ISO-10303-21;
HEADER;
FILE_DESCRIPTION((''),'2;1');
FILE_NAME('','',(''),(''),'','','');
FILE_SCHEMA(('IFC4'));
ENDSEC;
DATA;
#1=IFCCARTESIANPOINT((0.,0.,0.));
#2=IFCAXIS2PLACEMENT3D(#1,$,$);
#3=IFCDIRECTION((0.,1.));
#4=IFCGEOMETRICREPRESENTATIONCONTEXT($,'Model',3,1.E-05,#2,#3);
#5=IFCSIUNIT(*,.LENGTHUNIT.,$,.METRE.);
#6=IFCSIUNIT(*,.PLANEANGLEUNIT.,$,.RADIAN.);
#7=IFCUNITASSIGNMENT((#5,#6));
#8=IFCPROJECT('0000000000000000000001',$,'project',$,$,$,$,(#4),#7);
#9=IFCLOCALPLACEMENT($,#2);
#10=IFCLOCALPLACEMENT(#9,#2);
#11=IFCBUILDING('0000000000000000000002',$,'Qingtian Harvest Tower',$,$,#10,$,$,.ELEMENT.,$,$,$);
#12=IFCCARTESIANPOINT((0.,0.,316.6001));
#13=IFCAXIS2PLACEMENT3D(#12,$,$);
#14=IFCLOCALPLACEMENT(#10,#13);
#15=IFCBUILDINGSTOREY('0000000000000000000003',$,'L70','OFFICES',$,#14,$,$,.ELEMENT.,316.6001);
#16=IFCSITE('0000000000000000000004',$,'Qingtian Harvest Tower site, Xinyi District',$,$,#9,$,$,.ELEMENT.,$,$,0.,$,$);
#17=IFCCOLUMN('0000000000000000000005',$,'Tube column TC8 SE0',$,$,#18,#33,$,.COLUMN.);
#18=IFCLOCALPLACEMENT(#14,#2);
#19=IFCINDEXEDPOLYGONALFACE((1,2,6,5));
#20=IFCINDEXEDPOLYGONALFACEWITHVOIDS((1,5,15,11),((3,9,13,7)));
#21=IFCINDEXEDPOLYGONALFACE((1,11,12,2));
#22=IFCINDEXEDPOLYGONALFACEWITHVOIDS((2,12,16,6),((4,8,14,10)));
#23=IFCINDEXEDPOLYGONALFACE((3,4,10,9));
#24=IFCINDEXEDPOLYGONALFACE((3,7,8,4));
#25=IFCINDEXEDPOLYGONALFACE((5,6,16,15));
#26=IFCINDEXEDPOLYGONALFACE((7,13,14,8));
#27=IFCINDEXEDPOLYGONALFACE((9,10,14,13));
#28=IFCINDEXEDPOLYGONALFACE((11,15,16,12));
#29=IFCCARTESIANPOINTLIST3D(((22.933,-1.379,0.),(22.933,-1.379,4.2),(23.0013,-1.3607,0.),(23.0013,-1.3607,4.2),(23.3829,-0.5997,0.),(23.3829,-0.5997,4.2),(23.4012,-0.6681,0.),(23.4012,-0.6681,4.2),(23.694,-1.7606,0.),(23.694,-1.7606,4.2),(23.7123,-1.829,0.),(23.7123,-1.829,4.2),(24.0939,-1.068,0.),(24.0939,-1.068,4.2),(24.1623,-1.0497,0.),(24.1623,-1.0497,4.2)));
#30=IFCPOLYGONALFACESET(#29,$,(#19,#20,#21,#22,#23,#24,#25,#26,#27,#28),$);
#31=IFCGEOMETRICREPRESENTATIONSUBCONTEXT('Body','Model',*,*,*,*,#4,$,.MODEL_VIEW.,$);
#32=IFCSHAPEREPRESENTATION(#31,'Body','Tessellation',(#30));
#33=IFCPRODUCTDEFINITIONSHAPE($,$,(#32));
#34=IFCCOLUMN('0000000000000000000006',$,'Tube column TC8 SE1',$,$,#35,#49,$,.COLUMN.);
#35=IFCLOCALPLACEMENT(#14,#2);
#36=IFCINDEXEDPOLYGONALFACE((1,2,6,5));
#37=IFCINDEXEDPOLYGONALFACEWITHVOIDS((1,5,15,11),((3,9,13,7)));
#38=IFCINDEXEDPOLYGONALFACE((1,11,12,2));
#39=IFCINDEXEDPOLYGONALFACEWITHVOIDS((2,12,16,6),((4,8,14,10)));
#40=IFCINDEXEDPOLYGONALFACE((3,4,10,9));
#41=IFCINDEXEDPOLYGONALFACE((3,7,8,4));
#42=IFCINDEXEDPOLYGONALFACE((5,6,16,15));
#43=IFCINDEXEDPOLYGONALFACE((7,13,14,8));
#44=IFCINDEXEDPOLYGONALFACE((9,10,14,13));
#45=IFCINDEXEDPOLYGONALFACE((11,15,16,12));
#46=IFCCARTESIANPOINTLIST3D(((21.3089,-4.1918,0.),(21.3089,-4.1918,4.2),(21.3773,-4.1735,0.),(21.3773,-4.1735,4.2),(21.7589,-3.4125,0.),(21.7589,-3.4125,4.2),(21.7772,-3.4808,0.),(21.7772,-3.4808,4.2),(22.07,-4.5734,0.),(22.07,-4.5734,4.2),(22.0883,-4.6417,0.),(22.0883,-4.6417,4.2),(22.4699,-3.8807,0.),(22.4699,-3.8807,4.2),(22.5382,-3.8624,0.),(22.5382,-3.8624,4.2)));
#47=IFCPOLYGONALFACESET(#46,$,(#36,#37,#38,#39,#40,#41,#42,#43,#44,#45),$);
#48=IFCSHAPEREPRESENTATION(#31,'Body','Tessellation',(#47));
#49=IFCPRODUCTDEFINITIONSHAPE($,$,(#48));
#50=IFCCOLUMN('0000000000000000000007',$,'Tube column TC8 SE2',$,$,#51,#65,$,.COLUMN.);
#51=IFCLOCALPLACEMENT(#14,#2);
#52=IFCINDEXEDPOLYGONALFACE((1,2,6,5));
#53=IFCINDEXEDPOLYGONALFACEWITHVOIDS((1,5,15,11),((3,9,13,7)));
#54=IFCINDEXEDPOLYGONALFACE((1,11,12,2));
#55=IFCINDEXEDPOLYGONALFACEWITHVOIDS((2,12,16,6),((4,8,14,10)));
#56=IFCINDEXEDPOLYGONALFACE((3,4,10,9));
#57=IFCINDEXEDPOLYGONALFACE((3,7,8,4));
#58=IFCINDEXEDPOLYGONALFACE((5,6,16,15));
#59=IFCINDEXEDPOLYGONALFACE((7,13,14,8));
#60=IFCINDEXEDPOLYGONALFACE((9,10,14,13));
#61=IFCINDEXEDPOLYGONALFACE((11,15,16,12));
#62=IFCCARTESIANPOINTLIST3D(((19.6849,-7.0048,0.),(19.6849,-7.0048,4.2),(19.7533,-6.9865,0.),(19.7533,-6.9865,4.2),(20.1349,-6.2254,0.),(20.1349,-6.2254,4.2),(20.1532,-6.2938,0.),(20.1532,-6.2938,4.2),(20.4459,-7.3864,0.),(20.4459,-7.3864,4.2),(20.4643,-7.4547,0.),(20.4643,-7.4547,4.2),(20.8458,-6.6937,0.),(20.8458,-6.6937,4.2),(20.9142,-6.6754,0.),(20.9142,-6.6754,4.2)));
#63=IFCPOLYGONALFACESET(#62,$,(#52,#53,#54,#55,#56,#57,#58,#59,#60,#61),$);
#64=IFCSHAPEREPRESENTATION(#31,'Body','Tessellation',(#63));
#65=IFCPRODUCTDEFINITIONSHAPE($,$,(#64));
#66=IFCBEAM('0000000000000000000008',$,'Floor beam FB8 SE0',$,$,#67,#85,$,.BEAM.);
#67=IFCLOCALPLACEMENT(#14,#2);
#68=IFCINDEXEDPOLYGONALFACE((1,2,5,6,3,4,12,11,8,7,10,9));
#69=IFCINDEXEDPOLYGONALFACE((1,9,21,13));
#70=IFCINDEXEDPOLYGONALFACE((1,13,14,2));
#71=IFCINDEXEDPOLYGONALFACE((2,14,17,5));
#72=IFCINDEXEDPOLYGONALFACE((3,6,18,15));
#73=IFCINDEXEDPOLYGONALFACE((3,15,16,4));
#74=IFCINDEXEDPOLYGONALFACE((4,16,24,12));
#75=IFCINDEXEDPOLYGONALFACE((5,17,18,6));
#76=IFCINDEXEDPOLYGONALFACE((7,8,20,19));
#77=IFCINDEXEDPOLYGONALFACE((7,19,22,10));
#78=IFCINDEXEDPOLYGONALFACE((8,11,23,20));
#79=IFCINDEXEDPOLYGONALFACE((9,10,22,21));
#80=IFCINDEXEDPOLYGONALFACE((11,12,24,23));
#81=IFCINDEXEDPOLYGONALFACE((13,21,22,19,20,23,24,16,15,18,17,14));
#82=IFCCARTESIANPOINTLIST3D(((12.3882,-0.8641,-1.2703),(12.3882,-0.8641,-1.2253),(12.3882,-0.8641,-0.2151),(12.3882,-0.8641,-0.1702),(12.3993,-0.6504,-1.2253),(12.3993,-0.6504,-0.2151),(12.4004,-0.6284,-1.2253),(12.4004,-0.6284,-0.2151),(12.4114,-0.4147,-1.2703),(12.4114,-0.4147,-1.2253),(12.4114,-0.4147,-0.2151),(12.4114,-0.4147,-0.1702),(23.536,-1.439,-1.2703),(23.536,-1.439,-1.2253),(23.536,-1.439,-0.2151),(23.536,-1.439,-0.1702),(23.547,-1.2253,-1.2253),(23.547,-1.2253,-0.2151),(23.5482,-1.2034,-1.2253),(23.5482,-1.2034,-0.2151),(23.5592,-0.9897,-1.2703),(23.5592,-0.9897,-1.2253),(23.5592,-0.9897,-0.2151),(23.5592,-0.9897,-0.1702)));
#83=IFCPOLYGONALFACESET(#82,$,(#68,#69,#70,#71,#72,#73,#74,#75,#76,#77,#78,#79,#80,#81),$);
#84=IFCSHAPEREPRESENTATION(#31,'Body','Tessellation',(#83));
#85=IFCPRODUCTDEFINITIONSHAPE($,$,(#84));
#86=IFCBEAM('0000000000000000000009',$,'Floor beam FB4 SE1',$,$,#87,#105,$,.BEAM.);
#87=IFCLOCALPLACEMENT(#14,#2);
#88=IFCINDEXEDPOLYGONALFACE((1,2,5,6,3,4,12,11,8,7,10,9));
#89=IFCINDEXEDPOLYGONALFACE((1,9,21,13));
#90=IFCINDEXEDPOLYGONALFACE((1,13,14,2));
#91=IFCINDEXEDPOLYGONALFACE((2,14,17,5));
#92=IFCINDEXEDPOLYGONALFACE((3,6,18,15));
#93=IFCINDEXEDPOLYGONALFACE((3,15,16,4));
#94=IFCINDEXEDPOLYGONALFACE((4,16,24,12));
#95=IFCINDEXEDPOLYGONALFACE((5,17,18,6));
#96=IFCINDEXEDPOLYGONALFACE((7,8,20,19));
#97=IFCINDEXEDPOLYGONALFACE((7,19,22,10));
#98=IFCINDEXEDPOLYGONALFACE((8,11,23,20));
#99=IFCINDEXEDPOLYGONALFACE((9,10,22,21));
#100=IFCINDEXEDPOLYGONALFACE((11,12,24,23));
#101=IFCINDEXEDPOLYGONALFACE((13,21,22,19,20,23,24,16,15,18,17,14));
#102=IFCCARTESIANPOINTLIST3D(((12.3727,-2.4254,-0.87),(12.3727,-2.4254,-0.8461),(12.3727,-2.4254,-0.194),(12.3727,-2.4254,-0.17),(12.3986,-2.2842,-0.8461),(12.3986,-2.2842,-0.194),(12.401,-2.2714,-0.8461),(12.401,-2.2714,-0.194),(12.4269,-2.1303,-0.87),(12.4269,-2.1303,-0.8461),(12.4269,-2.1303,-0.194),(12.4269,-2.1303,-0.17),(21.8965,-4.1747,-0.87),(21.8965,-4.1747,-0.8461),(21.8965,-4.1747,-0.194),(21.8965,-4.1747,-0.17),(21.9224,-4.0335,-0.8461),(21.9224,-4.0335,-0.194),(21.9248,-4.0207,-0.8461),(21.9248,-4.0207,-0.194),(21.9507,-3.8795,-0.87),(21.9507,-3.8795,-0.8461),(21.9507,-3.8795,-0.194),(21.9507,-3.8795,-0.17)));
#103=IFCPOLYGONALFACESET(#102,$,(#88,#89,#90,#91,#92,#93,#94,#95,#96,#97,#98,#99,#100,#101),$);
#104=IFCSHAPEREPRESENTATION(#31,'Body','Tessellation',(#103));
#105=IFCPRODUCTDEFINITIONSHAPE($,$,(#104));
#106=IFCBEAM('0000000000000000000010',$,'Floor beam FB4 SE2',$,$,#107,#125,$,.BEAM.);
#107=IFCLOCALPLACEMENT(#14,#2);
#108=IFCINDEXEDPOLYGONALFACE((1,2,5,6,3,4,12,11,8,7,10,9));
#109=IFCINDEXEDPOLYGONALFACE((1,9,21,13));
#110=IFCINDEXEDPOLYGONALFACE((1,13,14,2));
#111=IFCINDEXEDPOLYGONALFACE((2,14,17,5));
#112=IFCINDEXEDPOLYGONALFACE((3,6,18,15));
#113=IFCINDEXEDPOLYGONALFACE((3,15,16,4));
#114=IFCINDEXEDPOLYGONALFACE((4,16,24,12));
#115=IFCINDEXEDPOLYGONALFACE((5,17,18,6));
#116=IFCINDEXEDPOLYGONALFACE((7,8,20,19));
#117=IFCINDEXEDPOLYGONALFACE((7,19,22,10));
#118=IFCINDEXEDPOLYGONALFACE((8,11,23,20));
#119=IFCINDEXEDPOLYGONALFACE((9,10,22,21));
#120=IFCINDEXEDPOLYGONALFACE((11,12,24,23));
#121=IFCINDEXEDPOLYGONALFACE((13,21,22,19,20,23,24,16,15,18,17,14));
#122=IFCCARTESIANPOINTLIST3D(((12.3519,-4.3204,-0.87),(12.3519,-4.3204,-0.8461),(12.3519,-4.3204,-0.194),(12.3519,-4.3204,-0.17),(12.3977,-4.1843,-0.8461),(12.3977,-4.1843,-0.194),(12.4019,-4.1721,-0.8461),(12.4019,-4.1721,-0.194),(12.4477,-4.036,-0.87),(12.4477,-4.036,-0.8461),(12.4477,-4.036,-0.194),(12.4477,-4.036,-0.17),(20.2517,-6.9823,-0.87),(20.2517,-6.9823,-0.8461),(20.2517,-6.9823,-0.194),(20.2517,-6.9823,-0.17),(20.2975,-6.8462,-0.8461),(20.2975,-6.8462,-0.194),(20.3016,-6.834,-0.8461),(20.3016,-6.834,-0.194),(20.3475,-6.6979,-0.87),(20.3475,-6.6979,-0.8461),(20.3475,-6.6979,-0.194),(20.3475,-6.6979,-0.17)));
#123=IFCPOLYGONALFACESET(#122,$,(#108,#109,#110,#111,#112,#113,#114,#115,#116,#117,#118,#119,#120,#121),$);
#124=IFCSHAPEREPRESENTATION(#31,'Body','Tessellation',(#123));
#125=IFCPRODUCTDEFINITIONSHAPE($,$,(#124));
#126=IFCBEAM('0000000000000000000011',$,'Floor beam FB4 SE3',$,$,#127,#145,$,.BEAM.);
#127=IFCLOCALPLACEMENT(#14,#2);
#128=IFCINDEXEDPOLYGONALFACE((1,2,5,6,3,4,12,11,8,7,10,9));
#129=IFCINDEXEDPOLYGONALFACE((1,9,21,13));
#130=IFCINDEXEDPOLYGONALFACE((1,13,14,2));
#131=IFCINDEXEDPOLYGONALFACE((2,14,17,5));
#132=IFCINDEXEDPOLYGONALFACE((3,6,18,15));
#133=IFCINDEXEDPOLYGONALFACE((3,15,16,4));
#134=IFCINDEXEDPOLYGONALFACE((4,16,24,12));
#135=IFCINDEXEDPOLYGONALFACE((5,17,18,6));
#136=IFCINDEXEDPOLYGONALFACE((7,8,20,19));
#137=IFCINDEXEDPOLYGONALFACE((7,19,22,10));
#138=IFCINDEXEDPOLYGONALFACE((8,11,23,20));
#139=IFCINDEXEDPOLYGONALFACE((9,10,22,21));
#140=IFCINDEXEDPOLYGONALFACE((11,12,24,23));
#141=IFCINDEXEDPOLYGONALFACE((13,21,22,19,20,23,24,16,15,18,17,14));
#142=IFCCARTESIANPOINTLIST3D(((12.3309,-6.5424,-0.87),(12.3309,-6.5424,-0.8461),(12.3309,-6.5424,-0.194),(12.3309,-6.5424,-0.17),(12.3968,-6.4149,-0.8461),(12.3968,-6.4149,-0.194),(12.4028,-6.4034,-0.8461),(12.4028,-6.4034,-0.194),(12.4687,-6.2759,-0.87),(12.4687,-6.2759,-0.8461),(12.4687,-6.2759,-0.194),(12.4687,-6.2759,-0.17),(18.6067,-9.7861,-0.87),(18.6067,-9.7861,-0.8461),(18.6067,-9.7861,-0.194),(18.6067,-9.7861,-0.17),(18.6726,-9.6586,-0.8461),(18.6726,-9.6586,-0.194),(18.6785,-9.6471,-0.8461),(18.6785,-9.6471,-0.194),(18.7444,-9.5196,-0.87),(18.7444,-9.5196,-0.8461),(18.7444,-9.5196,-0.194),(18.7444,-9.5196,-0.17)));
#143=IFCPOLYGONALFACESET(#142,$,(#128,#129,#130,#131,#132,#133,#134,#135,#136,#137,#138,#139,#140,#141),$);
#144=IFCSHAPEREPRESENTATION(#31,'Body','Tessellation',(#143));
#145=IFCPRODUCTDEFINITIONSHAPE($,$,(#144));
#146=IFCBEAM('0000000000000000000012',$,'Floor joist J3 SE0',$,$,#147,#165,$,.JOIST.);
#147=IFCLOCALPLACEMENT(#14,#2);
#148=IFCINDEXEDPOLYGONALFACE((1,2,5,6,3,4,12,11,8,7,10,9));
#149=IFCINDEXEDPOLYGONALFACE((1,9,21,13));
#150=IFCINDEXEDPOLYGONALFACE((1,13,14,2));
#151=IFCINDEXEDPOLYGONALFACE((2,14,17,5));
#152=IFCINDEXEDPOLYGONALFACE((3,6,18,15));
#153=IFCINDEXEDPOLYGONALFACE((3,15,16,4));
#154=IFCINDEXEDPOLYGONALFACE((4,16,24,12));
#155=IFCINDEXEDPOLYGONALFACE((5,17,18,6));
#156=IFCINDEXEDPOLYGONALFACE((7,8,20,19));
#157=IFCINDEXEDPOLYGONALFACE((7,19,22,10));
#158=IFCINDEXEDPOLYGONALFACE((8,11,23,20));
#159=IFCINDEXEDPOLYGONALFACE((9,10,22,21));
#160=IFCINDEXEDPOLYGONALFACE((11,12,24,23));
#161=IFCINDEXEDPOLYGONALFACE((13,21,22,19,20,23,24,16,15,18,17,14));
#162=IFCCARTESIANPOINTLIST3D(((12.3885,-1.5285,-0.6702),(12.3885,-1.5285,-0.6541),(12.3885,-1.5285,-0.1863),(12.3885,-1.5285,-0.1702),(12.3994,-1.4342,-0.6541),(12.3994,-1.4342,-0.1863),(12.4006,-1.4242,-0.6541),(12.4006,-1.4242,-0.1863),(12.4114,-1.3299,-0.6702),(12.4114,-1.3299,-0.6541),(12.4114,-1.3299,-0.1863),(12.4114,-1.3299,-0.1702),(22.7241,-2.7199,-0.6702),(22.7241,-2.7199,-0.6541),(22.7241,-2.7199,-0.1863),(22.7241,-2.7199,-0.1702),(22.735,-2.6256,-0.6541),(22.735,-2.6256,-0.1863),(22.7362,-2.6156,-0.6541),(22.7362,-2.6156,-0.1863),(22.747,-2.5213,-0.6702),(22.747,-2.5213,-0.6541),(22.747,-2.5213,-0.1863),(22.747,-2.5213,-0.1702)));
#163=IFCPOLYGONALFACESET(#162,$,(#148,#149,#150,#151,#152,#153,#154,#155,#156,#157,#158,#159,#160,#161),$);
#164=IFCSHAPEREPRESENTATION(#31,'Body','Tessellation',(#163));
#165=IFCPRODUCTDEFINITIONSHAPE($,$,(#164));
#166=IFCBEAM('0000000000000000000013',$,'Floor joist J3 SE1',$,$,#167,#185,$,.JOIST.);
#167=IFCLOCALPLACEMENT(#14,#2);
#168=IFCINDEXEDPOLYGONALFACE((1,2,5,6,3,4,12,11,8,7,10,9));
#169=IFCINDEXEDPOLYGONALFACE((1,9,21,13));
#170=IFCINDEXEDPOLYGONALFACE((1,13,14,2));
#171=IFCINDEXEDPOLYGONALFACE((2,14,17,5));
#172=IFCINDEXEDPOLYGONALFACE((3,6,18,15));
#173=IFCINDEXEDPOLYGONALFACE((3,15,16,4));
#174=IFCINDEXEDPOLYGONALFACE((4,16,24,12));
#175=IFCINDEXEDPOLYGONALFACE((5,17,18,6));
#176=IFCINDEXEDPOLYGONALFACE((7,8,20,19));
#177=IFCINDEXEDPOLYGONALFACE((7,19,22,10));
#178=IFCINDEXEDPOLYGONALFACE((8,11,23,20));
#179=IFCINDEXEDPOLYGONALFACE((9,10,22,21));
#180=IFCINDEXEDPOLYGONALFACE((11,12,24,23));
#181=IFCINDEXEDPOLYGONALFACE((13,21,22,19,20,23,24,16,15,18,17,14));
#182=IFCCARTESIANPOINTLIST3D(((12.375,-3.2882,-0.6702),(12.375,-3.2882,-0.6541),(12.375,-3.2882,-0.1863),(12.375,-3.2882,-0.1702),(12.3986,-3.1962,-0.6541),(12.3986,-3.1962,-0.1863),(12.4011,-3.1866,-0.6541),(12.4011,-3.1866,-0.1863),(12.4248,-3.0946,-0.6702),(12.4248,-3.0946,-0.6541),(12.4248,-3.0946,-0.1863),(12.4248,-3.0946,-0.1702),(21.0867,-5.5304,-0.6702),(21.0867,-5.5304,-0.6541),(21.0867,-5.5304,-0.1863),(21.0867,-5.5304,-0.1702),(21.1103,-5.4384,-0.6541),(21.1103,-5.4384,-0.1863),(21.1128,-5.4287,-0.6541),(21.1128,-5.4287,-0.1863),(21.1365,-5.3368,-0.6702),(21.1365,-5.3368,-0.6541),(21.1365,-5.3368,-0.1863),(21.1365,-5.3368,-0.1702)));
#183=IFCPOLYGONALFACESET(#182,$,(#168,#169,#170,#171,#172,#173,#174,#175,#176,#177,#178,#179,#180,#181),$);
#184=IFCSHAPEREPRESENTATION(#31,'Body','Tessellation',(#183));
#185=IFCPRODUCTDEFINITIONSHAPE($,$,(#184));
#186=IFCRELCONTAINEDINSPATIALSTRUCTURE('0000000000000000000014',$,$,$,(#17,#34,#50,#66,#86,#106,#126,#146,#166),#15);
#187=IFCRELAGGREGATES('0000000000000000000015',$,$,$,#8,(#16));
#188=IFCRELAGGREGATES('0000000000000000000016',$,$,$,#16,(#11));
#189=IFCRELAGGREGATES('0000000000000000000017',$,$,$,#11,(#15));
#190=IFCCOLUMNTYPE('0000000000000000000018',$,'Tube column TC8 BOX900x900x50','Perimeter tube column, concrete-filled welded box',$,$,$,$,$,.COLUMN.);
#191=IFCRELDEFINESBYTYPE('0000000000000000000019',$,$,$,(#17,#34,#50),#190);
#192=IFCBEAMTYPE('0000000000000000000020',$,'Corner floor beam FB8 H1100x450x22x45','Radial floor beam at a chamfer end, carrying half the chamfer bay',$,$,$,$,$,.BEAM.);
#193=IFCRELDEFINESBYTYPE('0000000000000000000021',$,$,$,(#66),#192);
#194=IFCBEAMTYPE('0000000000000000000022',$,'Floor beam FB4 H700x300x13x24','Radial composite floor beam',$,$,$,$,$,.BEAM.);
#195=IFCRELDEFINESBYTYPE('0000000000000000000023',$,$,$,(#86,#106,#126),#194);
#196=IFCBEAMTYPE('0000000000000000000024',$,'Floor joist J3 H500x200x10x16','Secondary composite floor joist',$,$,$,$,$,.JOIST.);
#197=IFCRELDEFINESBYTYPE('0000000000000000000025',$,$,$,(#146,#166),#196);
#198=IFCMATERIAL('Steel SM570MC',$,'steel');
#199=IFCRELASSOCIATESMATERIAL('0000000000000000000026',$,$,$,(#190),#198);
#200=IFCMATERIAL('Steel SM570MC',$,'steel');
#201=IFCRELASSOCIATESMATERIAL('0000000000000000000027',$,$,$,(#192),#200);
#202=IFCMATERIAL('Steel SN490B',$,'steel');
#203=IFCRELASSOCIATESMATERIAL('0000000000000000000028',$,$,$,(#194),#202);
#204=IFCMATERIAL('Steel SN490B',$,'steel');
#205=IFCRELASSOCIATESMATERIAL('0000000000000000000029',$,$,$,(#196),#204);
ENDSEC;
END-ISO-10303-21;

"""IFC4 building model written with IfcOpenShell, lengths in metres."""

from ifc_helpers import new_model, si_unit, direction, frame, origin, origin_2d, place, context, subcontext, project, spatial, hollow_rectangle, i_section, extrude, material, material_profile, profile_set, type_object, element, save


model = new_model("IFC4")

# Units and contexts
model_context = context("Model", 3, precision=1e-05, world=origin(), true_north=direction((0.0, 1.0)))
body_context = subcontext(model_context, "Body", "Model", "MODEL_VIEW")
ifc_project = project(units=[si_unit("LENGTHUNIT", "METRE"), si_unit("PLANEANGLEUNIT", "RADIAN")], contexts=[model_context])

# Site, building, storey
site_placement = place(None, origin())
site = spatial("IfcSite", under=ifc_project, at=site_placement, Name="Qingtian Harvest Tower site, Xinyi District", CompositionType="ELEMENT", RefElevation=0.0)
building_placement = place(site_placement, origin())
building = spatial("IfcBuilding", under=site, at=building_placement, Name="Qingtian Harvest Tower", CompositionType="ELEMENT")
storey_placement = place(building_placement, frame((0.0, 0.0, 316.6001)))
storey = spatial("IfcBuildingStorey", under=building, at=storey_placement, Name="L70", Description="OFFICES", CompositionType="ELEMENT", Elevation=316.6001)

# Columns
ifc_material_1 = material(Name="Steel SM570MC", Category="steel")
ifc_material_profile_1 = material_profile(ifc_material_1, hollow_rectangle(XDim=0.8999, YDim=0.8999, WallThickness=0.05, at=origin_2d()), Name="BOX900x900x50")
ifc_profile_set_1 = profile_set([ifc_material_profile_1], Name="Steel SM570MC")
column_type = type_object("IfcColumnType", Name="Tube column TC8 BOX900x900x50", Description="Perimeter tube column, concrete-filled welded box", PredefinedType="COLUMN", material=ifc_profile_set_1)
for number, where, z_axis, x_axis, name in (
    (1, (23.5476, -1.2144, 0.0), (0.0, 0.0, 1.0), (0.5, 0.866025, 0.0), "Tube column TC8 SE0"),
    (2, (21.9236, -4.0271, 0.0), (0.0, 0.0, 1.0), (0.5, 0.866025, 0.0), "Tube column TC8 SE1"),
    (3, (20.2996, -6.8401, 0.0), (0.0, 0.0, 1.0), (0.5, 0.866025, 0.0), "Tube column TC8 SE2"),
):
    element("IfcColumn", number, at=place(storey_placement, frame(where, z_axis=z_axis, x_axis=x_axis)), inside=storey, type_object=column_type, Name=name, PredefinedType="COLUMN", context=body_context, shape_type="SweptSolid", body=[
        extrude(hollow_rectangle(XDim=0.8999, YDim=0.8999, WallThickness=0.05, at=origin_2d()), origin(), (0.0, 0.0, 1.0), 4.2),
    ])

# Beams
ifc_material_2 = material(Name="Steel SM570MC", Category="steel")
ifc_material_profile_2 = material_profile(ifc_material_2, i_section(OverallWidth=0.45, OverallDepth=1.1001, WebThickness=0.022, FlangeThickness=0.0449, at=origin_2d()), Name="H1100x450x22x45")
ifc_profile_set_2 = profile_set([ifc_material_profile_2], Name="Steel SM570MC")
beam_type_1 = type_object("IfcBeamType", Name="Corner floor beam FB8 H1100x450x22x45", Description="Radial floor beam at a chamfer end, carrying half the chamfer bay", PredefinedType="BEAM", material=ifc_profile_set_2)
beam_1_placement = place(storey_placement, frame((23.5476, -1.2144, -0.7202), z_axis=(-0.998673, 0.051507, 0.0), x_axis=(-0.051507, -0.998673, 0.0)))
element("IfcBeam", 4, at=beam_1_placement, inside=storey, type_object=beam_type_1, Name="Floor beam FB8 SE0", PredefinedType="BEAM", context=body_context, shape_type="SweptSolid", body=[
    extrude(i_section(OverallWidth=0.45, OverallDepth=1.1001, WebThickness=0.022, FlangeThickness=0.0449, at=origin_2d()), origin(), (0.0, 0.0, 1.0), 11.1626),
])
ifc_material_3 = material(Name="Steel SN490B", Category="steel")
ifc_material_profile_3 = material_profile(ifc_material_3, i_section(OverallWidth=0.3, OverallDepth=0.7, WebThickness=0.0129, FlangeThickness=0.0239, at=origin_2d()), Name="H700x300x13x24")
ifc_profile_set_3 = profile_set([ifc_material_profile_3], Name="Steel SN490B")
beam_type_2 = type_object("IfcBeamType", Name="Floor beam FB4 H700x300x13x24", Description="Radial composite floor beam", PredefinedType="BEAM", material=ifc_profile_set_3)
beam_2_placement = place(storey_placement, frame((21.9236, -4.0271, -0.52), z_axis=(-0.983547, 0.180654, 0.0), x_axis=(-0.180654, -0.983547, 0.0)))
element("IfcBeam", 5, at=beam_2_placement, inside=storey, type_object=beam_type_2, Name="Floor beam FB4 SE1", PredefinedType="BEAM", context=body_context, shape_type="SweptSolid", body=[
    extrude(i_section(OverallWidth=0.3, OverallDepth=0.7, WebThickness=0.0129, FlangeThickness=0.0239, at=origin_2d()), origin(), (0.0, 0.0, 1.0), 9.6831),
])
beam_3_placement = place(storey_placement, frame((20.2996, -6.8401, -0.52), z_axis=(-0.947647, 0.319319, 0.0), x_axis=(-0.319319, -0.947647, 0.0)))
element("IfcBeam", 6, at=beam_3_placement, inside=storey, type_object=beam_type_2, Name="Floor beam FB4 SE2", PredefinedType="BEAM", context=body_context, shape_type="SweptSolid", body=[
    extrude(i_section(OverallWidth=0.3, OverallDepth=0.7, WebThickness=0.0129, FlangeThickness=0.0239, at=origin_2d()), origin(), (0.0, 0.0, 1.0), 8.3362),
])
beam_4_placement = place(storey_placement, frame((18.6755, -9.6528, -0.52), z_axis=(-0.888354, 0.459159, 0.0), x_axis=(-0.459159, -0.888354, 0.0)))
element("IfcBeam", 7, at=beam_4_placement, inside=storey, type_object=beam_type_2, Name="Floor beam FB4 SE3", PredefinedType="BEAM", context=body_context, shape_type="SweptSolid", body=[
    extrude(i_section(OverallWidth=0.3, OverallDepth=0.7, WebThickness=0.0129, FlangeThickness=0.0239, at=origin_2d()), origin(), (0.0, 0.0, 1.0), 7.0645),
])
ifc_material_4 = material(Name="Steel SN490B", Category="steel")
ifc_material_profile_4 = material_profile(ifc_material_4, i_section(OverallWidth=0.2, OverallDepth=0.5, WebThickness=0.01, FlangeThickness=0.0161, at=origin_2d()), Name="H500x200x10x16")
ifc_profile_set_4 = profile_set([ifc_material_profile_4], Name="Steel SN490B")
beam_type_3 = type_object("IfcBeamType", Name="Floor joist J3 H500x200x10x16", Description="Secondary composite floor joist", PredefinedType="JOIST", material=ifc_profile_set_4)
beam_5_placement = place(storey_placement, frame((22.7356, -2.6206, -0.4202), z_axis=(-0.993422, 0.114513, 0.0), x_axis=(-0.114513, -0.993422, 0.0)))
element("IfcBeam", 8, at=beam_5_placement, inside=storey, type_object=beam_type_3, Name="Floor joist J3 SE0", PredefinedType="JOIST", context=body_context, shape_type="SweptSolid", body=[
    extrude(i_section(OverallWidth=0.2, OverallDepth=0.5, WebThickness=0.01, FlangeThickness=0.0161, at=origin_2d()), origin(), (0.0, 0.0, 1.0), 10.4041),
])
beam_6_placement = place(storey_placement, frame((21.1116, -5.4336, -0.4202), z_axis=(-0.968438, 0.249254, 0.0), x_axis=(-0.249254, -0.968438, 0.0)))
element("IfcBeam", 9, at=beam_6_placement, inside=storey, type_object=beam_type_3, Name="Floor joist J3 SE1", PredefinedType="JOIST", context=body_context, shape_type="SweptSolid", body=[
    extrude(i_section(OverallWidth=0.2, OverallDepth=0.5, WebThickness=0.01, FlangeThickness=0.0161, at=origin_2d()), origin(), (0.0, 0.0, 1.0), 8.9956),
])

save(model, "model.ifc")
